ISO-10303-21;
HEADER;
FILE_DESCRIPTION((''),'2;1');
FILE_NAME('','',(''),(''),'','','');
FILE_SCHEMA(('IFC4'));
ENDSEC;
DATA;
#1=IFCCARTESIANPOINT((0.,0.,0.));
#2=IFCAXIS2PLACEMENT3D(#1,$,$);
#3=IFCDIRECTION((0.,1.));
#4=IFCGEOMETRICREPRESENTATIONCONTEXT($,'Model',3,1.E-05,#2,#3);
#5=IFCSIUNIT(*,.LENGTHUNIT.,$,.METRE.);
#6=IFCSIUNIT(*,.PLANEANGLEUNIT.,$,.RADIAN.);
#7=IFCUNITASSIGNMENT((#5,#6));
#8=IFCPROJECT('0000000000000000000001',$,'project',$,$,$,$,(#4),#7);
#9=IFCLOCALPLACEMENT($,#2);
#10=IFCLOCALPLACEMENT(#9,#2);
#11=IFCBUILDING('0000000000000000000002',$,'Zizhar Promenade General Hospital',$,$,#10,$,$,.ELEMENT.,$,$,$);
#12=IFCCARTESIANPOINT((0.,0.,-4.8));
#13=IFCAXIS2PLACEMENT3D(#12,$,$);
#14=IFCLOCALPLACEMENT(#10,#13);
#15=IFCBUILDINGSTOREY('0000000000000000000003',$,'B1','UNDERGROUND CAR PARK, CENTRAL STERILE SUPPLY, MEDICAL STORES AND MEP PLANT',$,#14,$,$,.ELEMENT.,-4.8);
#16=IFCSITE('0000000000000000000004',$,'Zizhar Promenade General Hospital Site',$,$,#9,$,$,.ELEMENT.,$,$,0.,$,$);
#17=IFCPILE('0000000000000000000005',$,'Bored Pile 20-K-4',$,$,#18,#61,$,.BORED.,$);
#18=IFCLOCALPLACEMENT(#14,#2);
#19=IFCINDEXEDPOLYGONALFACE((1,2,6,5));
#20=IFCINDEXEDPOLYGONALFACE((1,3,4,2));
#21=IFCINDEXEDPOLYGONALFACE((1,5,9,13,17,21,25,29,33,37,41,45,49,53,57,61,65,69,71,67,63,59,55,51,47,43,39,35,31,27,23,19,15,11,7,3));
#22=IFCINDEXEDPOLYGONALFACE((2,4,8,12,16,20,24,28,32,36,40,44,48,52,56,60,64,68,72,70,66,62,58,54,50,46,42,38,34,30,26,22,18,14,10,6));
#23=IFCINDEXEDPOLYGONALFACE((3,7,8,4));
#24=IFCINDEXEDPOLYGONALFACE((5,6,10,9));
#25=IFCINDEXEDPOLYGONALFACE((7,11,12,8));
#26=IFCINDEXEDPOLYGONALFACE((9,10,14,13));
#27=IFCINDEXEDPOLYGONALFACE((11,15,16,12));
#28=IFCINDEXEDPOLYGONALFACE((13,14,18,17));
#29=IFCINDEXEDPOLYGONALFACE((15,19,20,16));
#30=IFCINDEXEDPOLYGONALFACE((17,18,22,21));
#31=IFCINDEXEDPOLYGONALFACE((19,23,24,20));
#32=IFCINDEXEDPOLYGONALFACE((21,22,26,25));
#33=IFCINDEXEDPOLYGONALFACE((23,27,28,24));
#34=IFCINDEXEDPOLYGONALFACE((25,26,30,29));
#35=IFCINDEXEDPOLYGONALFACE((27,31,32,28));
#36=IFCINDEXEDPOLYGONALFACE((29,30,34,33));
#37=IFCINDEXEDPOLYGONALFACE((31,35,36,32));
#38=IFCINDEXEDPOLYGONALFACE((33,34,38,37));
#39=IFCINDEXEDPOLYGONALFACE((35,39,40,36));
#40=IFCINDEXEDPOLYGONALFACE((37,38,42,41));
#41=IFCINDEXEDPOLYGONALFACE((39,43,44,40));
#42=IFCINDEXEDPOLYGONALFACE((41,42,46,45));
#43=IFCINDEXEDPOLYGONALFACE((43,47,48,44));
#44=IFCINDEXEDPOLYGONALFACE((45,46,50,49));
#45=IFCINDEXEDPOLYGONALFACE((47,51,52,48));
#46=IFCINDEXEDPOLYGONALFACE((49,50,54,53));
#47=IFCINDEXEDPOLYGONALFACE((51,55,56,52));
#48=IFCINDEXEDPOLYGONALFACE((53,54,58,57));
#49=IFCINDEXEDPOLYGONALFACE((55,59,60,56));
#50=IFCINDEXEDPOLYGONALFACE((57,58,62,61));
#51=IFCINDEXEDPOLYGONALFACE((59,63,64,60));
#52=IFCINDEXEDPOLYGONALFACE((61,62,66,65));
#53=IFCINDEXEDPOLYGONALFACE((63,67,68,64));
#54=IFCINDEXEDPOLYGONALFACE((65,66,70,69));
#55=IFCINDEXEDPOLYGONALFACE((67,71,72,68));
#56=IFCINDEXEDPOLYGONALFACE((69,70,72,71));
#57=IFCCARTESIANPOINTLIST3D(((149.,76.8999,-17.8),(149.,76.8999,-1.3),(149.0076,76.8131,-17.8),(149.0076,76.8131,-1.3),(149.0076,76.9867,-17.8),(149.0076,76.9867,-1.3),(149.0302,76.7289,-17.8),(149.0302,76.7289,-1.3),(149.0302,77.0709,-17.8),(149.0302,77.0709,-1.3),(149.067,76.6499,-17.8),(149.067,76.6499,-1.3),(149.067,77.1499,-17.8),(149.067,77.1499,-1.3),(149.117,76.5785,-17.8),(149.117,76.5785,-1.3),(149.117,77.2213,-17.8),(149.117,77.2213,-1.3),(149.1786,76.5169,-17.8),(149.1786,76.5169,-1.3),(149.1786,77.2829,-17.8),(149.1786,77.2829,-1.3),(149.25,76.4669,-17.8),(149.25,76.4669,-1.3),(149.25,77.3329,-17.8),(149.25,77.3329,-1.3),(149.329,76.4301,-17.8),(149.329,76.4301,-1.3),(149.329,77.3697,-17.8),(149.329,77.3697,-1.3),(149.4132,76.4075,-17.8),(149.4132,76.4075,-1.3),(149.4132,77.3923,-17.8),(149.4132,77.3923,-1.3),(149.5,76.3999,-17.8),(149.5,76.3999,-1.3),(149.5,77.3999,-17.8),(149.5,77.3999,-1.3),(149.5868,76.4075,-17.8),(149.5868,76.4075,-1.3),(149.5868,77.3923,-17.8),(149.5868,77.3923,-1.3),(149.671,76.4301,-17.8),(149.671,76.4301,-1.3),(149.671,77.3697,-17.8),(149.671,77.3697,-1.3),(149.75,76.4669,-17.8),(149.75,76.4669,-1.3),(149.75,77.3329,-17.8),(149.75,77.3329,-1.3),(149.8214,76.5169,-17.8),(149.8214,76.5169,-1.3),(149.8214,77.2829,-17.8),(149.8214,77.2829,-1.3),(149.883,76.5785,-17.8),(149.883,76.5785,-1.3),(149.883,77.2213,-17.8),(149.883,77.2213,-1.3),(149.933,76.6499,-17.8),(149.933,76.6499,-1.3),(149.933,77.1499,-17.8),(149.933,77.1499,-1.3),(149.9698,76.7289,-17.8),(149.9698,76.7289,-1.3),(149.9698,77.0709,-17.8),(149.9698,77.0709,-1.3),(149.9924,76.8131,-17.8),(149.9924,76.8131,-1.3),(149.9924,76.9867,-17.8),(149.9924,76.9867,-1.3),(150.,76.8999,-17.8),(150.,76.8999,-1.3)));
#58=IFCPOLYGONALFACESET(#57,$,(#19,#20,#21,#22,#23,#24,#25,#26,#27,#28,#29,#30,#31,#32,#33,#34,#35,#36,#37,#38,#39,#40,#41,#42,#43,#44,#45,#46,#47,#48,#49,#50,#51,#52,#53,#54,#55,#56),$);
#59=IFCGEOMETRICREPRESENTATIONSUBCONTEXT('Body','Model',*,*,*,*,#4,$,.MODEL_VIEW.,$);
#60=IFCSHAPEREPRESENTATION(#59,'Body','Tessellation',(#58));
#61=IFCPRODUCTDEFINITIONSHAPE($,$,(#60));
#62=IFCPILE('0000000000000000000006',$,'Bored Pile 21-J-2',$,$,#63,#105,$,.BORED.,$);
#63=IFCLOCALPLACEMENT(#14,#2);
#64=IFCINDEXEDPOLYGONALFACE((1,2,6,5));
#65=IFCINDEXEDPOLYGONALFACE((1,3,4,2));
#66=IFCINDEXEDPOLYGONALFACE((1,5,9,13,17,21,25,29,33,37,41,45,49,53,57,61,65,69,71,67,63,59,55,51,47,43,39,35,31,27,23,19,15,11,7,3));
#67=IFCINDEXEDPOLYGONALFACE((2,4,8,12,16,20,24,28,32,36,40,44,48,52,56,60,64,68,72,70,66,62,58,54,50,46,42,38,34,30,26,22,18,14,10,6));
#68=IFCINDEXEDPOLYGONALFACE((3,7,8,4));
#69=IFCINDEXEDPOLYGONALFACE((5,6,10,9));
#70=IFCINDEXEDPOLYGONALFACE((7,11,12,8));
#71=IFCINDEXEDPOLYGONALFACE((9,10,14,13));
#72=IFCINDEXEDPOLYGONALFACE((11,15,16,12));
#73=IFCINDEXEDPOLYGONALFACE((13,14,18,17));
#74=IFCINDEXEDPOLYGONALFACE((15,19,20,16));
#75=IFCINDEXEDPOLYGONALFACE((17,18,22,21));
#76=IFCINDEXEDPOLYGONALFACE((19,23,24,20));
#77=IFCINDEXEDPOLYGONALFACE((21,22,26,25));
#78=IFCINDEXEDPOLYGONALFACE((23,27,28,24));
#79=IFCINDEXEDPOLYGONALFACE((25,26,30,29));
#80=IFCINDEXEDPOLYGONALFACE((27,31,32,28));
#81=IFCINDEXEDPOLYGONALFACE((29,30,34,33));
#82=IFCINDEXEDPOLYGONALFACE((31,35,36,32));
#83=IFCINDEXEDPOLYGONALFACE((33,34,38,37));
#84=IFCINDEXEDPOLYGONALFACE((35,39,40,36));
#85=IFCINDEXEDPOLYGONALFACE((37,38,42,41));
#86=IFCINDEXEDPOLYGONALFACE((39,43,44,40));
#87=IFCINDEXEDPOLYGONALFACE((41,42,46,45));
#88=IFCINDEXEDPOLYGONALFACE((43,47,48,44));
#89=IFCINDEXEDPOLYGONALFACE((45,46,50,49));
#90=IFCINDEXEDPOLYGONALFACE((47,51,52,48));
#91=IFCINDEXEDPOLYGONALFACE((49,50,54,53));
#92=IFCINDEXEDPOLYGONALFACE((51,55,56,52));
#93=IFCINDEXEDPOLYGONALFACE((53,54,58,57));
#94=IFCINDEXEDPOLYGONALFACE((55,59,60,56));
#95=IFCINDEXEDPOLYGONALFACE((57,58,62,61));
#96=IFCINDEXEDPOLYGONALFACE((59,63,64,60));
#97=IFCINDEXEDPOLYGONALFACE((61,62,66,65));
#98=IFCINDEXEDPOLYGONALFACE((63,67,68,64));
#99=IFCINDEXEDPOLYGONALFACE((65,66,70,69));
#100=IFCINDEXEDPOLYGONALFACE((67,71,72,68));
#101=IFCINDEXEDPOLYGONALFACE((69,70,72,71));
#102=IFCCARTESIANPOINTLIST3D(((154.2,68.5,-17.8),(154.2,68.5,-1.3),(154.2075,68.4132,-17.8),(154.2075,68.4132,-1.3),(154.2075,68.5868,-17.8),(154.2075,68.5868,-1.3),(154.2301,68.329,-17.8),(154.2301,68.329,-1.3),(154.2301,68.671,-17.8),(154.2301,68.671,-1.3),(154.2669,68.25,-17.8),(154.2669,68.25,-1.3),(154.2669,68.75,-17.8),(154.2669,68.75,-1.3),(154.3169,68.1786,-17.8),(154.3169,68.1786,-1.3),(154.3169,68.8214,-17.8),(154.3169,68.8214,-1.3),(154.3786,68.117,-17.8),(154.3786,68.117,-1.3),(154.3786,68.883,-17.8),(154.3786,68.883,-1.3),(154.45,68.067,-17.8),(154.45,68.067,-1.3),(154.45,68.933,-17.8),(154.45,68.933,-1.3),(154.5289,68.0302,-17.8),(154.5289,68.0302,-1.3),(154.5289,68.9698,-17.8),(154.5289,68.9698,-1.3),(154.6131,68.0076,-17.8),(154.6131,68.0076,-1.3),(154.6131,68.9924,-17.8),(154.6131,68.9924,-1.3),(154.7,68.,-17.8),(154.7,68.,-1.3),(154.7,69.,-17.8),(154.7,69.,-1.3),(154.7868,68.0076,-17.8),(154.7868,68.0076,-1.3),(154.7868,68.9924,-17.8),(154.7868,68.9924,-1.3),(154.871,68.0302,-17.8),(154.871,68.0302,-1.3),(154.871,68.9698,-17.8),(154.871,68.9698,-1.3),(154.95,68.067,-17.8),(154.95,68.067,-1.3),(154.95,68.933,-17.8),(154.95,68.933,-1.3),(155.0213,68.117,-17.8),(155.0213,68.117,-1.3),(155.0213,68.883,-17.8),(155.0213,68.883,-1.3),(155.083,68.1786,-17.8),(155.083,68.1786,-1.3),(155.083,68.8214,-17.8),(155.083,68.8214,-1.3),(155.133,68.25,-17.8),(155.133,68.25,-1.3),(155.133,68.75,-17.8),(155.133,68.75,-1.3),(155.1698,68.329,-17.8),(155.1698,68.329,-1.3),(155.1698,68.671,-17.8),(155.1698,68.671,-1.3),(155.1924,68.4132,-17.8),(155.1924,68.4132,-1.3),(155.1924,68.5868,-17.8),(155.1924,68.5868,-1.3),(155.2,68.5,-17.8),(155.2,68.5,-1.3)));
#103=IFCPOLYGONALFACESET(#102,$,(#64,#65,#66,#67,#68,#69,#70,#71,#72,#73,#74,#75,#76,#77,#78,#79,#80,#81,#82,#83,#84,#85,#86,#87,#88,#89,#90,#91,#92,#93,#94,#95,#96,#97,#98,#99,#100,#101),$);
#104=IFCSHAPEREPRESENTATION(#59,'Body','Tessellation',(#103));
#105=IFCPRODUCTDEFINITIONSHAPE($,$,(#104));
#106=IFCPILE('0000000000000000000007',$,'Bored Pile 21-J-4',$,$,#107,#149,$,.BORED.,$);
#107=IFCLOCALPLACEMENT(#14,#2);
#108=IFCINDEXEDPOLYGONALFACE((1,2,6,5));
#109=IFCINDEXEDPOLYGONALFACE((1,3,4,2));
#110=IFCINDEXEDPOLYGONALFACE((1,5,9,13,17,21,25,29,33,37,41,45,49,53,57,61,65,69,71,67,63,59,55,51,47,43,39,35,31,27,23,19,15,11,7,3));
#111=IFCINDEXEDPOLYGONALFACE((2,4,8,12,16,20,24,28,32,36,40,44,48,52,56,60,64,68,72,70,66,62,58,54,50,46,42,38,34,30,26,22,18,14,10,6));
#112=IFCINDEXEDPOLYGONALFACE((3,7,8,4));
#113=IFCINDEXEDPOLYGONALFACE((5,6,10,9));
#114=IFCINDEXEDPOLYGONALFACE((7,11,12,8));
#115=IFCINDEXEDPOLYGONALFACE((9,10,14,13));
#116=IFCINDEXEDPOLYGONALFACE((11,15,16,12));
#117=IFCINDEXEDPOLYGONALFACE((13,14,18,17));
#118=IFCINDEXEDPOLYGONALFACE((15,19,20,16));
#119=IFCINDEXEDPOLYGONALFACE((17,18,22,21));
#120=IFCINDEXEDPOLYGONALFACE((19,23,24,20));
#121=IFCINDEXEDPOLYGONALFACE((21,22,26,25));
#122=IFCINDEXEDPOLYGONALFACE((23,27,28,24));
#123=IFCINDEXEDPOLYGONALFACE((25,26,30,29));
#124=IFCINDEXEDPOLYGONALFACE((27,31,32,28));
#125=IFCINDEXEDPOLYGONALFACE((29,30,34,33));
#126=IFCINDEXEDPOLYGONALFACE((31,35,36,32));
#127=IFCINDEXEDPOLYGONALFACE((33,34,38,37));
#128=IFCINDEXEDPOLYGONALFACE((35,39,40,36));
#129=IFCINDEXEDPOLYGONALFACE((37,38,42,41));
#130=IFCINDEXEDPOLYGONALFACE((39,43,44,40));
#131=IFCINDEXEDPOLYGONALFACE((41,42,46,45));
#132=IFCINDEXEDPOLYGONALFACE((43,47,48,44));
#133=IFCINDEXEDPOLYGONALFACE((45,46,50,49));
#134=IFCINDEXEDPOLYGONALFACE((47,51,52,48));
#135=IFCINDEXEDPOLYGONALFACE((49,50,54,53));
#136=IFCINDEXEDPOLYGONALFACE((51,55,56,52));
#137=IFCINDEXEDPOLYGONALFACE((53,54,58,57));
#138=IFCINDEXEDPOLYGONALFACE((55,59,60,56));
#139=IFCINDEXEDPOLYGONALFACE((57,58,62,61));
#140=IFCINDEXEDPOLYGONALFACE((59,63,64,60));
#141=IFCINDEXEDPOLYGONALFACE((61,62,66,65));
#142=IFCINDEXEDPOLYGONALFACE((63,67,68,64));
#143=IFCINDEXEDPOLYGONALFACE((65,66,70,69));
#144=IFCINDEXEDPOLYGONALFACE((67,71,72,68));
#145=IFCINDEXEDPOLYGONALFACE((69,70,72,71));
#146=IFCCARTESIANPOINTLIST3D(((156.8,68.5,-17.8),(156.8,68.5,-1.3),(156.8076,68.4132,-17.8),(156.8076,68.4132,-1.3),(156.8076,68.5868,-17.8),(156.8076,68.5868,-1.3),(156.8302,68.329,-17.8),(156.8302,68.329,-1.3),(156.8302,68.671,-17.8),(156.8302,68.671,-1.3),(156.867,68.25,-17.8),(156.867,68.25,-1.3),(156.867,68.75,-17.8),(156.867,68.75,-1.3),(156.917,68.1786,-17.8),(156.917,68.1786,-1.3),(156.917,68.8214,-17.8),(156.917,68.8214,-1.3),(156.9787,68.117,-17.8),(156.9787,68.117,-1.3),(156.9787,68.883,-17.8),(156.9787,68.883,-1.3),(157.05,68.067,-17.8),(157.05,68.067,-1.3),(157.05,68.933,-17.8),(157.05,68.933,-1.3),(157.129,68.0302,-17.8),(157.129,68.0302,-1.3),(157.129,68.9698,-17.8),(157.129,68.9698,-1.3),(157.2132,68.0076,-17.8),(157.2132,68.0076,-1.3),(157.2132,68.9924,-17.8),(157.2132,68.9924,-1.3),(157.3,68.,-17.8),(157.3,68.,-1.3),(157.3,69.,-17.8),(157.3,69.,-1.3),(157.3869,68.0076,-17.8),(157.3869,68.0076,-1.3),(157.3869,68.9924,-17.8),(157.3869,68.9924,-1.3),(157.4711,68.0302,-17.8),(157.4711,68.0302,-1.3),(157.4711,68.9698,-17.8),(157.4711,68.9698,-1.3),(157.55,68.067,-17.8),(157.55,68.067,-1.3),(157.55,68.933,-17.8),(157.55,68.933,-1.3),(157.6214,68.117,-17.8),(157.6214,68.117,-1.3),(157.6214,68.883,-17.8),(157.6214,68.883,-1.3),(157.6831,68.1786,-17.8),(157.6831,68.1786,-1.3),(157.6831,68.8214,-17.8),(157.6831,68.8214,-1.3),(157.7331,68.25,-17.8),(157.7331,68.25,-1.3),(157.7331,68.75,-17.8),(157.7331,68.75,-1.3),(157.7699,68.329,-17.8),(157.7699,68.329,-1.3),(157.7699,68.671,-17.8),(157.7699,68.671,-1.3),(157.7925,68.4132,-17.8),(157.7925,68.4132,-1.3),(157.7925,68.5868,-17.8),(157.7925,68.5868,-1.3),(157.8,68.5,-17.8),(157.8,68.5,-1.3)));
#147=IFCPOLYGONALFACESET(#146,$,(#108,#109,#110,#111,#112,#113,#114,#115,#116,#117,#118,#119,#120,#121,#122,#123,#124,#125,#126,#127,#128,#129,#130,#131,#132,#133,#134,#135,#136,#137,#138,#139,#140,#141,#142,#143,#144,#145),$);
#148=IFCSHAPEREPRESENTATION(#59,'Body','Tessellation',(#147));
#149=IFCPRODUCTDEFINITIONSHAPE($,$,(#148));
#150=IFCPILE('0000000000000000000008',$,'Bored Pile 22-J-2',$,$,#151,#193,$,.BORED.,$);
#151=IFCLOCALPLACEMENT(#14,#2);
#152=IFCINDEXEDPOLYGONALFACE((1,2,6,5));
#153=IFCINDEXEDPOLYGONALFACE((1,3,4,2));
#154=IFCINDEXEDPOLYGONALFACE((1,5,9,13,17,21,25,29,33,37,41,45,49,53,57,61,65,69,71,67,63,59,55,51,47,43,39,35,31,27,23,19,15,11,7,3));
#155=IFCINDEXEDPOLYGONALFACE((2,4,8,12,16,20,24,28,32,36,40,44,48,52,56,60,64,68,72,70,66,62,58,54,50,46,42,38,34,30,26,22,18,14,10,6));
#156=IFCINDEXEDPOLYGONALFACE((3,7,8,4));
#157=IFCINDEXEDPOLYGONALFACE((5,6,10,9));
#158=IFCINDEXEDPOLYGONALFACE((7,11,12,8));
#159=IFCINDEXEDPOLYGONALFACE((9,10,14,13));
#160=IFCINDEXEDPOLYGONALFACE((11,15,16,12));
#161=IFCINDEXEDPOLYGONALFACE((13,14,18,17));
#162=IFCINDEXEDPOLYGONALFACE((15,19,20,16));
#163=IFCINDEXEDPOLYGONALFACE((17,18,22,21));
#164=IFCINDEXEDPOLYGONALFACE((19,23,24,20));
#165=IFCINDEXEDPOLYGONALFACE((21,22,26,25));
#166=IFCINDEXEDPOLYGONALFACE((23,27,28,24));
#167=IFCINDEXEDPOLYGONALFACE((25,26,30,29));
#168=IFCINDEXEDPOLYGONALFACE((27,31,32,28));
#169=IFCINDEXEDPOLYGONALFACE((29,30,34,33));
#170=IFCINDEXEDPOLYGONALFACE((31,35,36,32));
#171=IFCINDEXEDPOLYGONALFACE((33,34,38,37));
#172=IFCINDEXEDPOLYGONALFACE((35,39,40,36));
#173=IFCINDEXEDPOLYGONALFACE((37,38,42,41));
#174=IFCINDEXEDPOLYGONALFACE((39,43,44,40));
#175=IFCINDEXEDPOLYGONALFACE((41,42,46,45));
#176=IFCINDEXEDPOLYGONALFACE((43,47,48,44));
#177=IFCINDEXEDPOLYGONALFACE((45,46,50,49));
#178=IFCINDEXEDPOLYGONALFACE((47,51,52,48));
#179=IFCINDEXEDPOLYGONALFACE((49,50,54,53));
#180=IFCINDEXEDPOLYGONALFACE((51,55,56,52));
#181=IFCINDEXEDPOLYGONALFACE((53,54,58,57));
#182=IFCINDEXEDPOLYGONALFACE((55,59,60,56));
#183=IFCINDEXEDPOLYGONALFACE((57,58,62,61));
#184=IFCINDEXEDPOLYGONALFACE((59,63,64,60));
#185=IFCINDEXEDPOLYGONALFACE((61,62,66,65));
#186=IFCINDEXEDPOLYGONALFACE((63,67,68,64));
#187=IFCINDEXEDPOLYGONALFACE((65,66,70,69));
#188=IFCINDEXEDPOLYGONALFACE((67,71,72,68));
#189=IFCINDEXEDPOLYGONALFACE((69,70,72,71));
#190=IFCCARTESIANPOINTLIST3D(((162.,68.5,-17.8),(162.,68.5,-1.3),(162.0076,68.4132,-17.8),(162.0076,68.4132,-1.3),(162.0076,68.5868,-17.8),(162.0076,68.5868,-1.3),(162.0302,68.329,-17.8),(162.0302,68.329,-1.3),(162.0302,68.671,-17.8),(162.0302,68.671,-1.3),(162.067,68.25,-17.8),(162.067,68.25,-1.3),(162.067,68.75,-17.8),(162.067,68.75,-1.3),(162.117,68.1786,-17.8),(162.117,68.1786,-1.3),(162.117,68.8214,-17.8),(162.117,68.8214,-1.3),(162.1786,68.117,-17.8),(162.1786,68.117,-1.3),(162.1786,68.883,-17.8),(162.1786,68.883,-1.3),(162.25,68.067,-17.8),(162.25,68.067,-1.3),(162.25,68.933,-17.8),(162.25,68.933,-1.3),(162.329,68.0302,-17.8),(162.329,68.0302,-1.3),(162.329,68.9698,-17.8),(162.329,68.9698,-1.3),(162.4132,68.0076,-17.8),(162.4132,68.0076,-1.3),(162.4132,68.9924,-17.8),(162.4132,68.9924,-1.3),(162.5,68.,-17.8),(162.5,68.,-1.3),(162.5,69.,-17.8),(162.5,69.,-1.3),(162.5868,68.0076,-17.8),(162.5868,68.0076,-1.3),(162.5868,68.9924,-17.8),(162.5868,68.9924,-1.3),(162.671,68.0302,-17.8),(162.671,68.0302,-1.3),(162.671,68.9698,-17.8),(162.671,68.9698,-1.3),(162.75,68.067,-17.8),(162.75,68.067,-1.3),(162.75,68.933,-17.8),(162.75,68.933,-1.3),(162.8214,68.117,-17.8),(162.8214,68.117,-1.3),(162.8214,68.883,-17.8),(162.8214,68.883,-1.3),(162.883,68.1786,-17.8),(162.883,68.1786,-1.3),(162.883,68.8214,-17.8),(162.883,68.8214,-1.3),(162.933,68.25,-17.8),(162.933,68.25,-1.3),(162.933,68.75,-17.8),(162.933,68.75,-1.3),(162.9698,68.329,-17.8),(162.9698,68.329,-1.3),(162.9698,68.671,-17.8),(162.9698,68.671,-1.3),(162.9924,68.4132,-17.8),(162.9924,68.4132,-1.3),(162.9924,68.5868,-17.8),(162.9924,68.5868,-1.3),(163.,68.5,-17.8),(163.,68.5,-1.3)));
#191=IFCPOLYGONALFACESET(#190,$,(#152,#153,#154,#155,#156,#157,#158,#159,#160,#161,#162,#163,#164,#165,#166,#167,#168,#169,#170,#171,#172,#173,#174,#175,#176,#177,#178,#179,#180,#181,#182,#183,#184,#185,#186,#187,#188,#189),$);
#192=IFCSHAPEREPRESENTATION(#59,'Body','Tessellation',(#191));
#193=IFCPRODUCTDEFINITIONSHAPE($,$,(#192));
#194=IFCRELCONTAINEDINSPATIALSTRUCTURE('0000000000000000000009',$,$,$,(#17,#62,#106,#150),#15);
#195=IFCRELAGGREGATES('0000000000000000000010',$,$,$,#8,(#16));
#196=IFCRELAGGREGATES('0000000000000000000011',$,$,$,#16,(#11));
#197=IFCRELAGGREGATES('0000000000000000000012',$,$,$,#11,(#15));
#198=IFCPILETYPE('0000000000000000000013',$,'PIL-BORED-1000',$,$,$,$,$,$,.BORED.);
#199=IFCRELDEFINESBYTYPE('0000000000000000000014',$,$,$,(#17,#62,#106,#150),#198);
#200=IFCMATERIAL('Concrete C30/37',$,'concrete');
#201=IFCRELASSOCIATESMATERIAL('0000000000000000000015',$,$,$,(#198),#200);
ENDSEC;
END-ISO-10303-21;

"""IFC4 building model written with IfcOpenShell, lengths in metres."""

from ifc_helpers import new_model, si_unit, direction, frame, origin, origin_2d, place, context, subcontext, project, spatial, circle, extrude, material, material_profile, profile_set, type_object, element, save


model = new_model("IFC4")

# Units and contexts
model_context = context("Model", 3, precision=1e-05, world=origin(), true_north=direction((0.0, 1.0)))
body_context = subcontext(model_context, "Body", "Model", "MODEL_VIEW")
ifc_project = project(units=[si_unit("LENGTHUNIT", "METRE"), si_unit("PLANEANGLEUNIT", "RADIAN")], contexts=[model_context])

# Site, building, storey
site_placement = place(None, origin())
site = spatial("IfcSite", under=ifc_project, at=site_placement, Name="Zizhar Promenade General Hospital Site", CompositionType="ELEMENT", RefElevation=0.0)
building_placement = place(site_placement, origin())
building = spatial("IfcBuilding", under=site, at=building_placement, Name="Zizhar Promenade General Hospital", CompositionType="ELEMENT")
storey_placement = place(building_placement, frame((0.0, 0.0, -4.8)))
storey = spatial("IfcBuildingStorey", under=building, at=storey_placement, Name="B1", Description="UNDERGROUND CAR PARK, CENTRAL STERILE SUPPLY, MEDICAL STORES AND MEP PLANT", CompositionType="ELEMENT", Elevation=-4.8)

# Piles
ifc_material_1 = material(Name="Concrete C30/37", Category="concrete")
ifc_material_profile_1 = material_profile(ifc_material_1, circle(Radius=0.5, at=origin_2d()))
ifc_profile_set_1 = profile_set([ifc_material_profile_1], Name="Concrete C30/37")
pile_type = type_object("IfcPileType", Name="PIL-BORED-1000", PredefinedType="BORED", material=ifc_profile_set_1)
for number, where, z_axis, x_axis, name in (
    (1, (149.5, 76.8999, -1.3), (0.0, 0.0, -1.0), (1.0, 0.0, 0.0), "Bored Pile 20-K-4"),
    (2, (154.7, 68.5, -1.3), (0.0, 0.0, -1.0), (1.0, 0.0, 0.0), "Bored Pile 21-J-2"),
    (3, (157.3, 68.5, -1.3), (0.0, 0.0, -1.0), (1.0, 0.0, 0.0), "Bored Pile 21-J-4"),
    (4, (162.5, 68.5, -1.3), (0.0, 0.0, -1.0), (1.0, 0.0, 0.0), "Bored Pile 22-J-2"),
):
    element("IfcPile", number, at=place(storey_placement, frame(where, z_axis=z_axis, x_axis=x_axis)), inside=storey, type_object=pile_type, Name=name, PredefinedType="BORED", context=body_context, shape_type="SweptSolid", body=[
        extrude(circle(Radius=0.5, at=origin_2d()), origin(), (0.0, 0.0, 1.0), 16.5),
    ])

save(model, "model.ifc")
